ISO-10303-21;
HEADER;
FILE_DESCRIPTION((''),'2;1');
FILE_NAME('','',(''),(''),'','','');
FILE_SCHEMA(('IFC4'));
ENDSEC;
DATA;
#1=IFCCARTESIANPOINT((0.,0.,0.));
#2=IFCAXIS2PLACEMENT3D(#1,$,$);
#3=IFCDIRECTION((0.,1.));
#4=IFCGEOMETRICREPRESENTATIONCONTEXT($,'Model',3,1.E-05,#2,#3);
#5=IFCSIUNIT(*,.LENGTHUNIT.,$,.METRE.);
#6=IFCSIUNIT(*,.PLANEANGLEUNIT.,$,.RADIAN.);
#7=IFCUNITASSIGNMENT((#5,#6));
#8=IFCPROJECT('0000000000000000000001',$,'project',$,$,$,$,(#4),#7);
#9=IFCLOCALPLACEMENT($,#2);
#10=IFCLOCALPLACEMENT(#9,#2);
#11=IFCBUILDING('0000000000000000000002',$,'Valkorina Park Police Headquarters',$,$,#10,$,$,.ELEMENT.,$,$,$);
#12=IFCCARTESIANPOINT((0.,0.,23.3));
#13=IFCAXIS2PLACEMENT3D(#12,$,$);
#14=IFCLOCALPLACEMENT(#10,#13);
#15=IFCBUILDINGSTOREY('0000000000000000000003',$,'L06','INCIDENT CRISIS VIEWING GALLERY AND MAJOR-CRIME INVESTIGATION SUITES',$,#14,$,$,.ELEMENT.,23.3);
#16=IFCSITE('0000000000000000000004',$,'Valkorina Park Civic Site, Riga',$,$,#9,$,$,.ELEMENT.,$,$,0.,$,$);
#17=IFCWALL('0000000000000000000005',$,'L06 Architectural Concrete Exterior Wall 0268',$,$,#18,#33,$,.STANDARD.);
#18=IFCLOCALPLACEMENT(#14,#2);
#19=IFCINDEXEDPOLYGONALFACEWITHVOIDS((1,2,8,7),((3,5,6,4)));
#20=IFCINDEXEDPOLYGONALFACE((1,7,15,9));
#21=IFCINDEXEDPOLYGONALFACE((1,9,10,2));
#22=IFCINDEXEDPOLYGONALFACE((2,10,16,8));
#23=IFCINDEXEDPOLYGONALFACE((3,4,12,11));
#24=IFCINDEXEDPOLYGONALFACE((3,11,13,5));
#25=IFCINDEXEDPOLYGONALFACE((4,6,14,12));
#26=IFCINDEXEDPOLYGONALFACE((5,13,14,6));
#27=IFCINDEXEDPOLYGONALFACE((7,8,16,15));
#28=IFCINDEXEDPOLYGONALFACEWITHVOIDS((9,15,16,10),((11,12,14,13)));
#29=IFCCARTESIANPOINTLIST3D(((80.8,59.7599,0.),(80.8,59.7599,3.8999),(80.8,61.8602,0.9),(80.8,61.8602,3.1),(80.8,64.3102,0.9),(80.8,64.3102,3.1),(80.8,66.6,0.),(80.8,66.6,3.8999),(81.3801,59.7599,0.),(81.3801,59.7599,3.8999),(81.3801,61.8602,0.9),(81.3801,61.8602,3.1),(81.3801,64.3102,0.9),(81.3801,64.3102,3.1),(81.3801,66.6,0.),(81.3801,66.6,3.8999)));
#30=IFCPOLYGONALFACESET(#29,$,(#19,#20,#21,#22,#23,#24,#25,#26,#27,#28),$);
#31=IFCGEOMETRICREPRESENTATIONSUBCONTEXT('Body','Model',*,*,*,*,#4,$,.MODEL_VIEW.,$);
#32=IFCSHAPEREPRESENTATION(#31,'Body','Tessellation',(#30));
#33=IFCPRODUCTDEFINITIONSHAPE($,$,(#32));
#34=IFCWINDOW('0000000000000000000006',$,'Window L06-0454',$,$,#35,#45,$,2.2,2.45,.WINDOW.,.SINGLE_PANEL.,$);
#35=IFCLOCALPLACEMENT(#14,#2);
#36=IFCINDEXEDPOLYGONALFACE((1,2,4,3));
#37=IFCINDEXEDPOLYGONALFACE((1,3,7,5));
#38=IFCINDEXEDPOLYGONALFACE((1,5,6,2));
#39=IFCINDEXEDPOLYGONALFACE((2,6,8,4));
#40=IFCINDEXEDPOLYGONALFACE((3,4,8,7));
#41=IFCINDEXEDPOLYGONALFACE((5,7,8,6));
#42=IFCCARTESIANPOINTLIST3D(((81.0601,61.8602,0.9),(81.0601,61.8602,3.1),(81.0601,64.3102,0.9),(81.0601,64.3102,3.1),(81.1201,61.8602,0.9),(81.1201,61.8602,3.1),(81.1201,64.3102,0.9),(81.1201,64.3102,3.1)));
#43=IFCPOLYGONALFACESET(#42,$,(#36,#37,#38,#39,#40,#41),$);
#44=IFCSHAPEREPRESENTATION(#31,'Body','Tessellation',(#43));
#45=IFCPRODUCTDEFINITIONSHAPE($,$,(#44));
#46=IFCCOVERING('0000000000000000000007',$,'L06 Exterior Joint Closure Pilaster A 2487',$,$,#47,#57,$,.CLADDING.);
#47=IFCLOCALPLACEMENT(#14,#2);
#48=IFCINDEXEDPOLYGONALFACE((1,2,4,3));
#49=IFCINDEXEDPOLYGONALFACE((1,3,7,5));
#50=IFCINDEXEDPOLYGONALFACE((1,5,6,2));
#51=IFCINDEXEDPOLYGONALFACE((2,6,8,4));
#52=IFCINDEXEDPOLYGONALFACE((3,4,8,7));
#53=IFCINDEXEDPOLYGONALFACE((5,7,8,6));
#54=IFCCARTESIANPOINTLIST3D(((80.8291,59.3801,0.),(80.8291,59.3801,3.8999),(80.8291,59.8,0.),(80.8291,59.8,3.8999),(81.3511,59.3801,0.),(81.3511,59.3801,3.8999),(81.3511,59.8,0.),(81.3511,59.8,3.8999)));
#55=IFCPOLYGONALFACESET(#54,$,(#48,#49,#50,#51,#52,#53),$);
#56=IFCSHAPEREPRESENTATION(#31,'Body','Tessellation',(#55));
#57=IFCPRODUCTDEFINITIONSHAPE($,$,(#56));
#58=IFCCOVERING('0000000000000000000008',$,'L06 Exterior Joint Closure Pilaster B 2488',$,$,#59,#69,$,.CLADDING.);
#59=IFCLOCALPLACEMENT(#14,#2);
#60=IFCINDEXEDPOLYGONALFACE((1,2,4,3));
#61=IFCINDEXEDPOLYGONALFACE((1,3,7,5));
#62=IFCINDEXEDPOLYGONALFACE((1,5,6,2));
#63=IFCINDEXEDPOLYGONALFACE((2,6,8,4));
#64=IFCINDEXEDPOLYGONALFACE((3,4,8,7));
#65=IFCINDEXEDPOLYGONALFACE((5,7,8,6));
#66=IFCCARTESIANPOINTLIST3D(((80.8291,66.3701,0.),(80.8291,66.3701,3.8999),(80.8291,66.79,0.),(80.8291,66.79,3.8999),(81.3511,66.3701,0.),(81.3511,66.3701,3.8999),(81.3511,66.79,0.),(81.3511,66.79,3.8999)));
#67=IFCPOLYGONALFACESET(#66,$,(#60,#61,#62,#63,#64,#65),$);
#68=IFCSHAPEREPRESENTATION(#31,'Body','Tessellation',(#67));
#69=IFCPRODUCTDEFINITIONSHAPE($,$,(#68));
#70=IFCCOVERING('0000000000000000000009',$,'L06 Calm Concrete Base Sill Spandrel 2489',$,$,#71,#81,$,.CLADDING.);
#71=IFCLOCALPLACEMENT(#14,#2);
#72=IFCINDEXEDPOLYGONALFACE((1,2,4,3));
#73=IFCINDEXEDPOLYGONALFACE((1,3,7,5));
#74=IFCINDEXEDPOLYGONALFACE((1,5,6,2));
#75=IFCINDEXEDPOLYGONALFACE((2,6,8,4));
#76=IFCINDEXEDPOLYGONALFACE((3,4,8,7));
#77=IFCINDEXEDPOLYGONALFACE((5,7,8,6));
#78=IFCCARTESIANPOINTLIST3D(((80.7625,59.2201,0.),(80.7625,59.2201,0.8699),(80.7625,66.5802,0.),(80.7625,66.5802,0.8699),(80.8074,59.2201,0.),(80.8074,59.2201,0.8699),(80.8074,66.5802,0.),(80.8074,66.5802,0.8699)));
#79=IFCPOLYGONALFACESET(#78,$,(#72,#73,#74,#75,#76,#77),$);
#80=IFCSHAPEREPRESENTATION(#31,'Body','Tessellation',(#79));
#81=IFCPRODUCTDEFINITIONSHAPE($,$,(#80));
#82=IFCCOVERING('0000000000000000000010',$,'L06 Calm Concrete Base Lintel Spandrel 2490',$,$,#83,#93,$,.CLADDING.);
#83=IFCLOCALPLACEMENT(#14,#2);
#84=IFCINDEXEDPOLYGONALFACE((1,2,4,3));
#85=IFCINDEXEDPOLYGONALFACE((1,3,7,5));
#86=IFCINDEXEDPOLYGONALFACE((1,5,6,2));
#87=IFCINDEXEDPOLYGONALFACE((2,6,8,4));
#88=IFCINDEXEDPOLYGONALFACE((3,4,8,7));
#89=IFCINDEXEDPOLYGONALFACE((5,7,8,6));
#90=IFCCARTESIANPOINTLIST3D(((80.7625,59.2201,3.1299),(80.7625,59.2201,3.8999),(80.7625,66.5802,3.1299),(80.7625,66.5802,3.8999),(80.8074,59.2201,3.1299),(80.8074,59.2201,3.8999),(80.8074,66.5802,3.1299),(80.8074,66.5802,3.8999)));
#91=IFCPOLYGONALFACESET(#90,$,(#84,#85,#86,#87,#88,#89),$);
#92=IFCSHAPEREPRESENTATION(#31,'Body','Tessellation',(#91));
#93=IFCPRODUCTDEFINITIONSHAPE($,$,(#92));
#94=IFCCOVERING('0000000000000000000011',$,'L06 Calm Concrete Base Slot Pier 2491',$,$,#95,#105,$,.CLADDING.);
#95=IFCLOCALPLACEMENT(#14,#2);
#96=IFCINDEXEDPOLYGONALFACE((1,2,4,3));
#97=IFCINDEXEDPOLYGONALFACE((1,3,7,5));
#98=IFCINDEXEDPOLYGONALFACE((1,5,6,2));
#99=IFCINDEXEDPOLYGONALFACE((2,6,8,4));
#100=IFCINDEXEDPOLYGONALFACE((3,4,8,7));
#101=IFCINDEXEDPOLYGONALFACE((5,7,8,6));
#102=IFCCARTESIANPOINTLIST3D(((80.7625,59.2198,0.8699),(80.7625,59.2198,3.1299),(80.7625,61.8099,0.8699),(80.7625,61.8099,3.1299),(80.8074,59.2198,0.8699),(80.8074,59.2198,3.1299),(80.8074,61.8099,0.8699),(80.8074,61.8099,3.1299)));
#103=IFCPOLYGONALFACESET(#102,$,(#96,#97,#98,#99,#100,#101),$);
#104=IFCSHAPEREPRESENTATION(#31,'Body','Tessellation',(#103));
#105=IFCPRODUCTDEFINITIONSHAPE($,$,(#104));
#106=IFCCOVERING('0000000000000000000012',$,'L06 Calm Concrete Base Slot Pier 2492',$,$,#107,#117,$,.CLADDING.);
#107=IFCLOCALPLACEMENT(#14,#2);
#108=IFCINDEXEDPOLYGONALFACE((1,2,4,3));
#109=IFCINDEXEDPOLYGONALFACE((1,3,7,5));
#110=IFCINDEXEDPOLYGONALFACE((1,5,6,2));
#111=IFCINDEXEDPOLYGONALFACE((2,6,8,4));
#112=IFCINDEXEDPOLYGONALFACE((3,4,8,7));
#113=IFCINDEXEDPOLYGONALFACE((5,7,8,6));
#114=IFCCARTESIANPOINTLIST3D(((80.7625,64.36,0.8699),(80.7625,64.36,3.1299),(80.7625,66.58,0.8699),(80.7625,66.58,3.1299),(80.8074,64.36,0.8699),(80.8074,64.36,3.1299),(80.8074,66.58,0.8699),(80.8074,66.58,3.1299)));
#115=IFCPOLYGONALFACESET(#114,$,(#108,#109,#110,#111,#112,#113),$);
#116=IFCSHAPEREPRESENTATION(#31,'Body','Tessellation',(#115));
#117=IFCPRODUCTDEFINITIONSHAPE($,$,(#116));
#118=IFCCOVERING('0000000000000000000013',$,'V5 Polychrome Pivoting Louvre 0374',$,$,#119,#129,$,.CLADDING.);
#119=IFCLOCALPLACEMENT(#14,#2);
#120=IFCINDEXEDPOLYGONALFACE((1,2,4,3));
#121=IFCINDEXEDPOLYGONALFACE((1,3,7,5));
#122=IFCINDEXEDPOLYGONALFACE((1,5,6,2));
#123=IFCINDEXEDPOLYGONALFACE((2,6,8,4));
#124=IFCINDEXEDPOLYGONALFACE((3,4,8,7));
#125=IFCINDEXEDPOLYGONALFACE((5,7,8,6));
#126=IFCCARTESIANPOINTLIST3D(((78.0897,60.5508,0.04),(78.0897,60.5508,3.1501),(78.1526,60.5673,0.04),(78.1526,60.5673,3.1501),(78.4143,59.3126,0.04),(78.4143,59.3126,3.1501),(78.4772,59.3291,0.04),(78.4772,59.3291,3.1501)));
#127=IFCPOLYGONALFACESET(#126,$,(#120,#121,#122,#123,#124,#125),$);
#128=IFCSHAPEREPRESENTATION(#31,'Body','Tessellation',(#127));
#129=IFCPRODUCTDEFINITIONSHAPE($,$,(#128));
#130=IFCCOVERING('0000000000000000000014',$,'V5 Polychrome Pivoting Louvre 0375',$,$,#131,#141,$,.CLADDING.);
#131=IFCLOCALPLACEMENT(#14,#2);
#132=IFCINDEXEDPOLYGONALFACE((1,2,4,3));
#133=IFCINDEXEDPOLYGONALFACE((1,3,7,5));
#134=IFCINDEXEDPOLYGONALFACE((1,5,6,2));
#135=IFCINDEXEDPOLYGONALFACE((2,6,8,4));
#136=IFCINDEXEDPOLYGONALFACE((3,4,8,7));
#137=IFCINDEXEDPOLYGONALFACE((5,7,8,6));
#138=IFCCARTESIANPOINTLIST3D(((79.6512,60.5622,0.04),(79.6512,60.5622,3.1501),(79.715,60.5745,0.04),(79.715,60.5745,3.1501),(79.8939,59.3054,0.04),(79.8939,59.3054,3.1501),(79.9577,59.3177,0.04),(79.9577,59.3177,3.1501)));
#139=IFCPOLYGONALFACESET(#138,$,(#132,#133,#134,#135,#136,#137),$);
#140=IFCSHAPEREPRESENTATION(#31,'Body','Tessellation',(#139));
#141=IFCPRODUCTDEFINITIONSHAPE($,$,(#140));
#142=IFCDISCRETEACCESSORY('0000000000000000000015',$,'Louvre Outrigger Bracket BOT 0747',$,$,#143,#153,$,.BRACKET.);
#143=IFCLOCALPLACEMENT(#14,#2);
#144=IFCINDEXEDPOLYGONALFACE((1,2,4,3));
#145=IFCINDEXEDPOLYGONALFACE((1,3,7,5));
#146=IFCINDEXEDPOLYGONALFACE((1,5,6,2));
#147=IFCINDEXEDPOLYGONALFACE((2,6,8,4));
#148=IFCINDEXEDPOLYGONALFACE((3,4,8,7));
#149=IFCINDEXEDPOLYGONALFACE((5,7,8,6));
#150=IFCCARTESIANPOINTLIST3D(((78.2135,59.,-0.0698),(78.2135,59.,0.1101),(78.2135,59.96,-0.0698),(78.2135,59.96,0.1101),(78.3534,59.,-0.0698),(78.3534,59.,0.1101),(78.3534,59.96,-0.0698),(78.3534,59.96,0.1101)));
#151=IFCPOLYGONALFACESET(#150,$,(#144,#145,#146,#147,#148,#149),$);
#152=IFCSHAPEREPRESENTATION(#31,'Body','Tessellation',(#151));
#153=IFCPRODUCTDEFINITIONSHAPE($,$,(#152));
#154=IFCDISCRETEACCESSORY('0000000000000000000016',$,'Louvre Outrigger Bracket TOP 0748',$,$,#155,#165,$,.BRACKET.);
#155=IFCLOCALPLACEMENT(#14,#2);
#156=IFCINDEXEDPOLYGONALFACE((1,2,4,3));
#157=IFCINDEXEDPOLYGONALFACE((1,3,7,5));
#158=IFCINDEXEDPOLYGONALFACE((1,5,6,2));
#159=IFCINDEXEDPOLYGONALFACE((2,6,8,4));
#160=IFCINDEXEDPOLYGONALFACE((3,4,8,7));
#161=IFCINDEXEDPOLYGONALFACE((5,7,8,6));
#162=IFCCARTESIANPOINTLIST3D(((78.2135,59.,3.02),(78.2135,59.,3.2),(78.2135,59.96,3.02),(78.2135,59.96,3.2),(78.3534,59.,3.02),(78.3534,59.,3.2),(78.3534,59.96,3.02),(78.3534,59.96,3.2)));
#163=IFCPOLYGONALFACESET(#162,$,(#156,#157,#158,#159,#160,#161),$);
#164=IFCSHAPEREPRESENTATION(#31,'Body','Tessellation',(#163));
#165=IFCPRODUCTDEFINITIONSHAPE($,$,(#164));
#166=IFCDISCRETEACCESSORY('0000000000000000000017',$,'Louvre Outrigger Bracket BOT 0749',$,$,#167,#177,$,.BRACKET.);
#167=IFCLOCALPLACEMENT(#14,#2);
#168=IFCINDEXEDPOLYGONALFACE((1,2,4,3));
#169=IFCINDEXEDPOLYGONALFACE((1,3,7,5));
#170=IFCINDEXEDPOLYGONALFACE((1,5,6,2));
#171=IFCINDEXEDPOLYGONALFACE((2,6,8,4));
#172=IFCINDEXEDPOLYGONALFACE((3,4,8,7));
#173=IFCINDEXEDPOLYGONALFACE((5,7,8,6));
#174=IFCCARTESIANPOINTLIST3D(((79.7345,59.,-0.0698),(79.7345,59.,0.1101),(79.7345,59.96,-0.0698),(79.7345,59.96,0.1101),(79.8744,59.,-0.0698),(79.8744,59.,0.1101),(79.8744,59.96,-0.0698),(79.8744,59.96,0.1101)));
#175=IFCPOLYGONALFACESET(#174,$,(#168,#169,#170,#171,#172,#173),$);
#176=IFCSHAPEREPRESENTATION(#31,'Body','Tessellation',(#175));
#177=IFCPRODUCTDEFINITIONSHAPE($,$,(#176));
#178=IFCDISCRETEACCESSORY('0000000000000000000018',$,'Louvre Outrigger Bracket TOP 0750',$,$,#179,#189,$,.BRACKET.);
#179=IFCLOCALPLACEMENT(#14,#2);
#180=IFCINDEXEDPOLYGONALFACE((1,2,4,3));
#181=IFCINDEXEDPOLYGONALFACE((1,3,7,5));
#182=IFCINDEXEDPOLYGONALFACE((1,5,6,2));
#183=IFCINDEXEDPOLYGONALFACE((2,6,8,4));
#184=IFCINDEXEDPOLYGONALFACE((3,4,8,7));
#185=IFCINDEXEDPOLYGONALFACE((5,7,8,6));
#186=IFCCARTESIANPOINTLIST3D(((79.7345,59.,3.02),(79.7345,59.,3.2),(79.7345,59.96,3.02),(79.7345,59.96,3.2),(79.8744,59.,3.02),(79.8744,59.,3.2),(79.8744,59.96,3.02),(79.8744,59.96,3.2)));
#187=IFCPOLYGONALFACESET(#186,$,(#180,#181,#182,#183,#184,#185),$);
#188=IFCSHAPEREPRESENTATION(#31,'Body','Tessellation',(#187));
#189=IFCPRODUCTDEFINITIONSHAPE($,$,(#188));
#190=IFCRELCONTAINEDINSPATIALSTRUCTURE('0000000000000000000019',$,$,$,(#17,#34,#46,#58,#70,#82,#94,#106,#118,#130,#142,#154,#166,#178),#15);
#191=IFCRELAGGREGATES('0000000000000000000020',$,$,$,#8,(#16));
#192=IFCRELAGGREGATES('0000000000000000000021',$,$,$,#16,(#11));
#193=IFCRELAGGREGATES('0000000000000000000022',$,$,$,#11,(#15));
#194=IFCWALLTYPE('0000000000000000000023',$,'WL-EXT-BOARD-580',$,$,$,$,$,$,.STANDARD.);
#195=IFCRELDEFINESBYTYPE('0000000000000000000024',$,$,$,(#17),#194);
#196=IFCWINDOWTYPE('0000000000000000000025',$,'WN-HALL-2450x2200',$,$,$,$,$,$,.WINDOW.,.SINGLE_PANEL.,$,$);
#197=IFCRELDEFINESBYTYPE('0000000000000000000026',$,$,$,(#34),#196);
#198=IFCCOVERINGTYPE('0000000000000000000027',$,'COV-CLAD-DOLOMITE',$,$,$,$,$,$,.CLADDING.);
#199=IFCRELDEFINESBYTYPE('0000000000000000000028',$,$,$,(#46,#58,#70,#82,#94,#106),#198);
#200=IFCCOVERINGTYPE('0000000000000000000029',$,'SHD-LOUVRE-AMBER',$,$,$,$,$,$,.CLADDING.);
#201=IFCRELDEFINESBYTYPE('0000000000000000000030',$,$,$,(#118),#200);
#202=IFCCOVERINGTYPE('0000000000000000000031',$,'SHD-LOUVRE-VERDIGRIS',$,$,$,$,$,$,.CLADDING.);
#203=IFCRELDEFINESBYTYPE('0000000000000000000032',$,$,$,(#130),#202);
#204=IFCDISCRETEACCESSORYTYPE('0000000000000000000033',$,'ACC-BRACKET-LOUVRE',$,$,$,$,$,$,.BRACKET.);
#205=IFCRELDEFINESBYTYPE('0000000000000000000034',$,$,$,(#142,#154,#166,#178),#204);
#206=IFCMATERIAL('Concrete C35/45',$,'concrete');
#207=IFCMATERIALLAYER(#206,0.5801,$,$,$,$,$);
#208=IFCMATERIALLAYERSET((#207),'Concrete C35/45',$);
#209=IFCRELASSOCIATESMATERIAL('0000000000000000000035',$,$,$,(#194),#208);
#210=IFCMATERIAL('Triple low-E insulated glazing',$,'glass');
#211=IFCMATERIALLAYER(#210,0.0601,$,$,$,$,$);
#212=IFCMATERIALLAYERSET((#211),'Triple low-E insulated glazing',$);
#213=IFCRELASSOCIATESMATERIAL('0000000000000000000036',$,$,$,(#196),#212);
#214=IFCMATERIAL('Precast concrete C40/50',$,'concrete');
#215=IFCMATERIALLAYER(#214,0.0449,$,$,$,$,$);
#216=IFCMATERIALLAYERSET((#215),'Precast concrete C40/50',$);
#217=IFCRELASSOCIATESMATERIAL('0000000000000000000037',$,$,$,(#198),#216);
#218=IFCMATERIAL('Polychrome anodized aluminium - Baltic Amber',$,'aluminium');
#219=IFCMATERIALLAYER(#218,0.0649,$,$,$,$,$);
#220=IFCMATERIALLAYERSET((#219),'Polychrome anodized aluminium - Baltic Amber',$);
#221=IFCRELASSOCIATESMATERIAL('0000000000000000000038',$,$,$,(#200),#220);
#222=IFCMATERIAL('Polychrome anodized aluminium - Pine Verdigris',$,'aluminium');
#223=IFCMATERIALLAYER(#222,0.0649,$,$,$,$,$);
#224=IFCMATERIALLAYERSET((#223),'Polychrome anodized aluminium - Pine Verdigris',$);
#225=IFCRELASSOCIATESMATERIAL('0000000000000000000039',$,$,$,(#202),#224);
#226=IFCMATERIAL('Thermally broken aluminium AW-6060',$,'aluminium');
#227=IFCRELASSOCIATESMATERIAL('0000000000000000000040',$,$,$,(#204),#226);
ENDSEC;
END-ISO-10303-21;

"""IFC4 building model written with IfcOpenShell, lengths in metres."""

from ifc_helpers import new_model, si_unit, direction, frame, frame_2d, origin, origin_2d, place, context, subcontext, project, spatial, rectangle, extrude, material, layer, layer_set, type_object, element, fill, save


model = new_model("IFC4")

# Units and contexts
model_context = context("Model", 3, precision=1e-05, world=origin(), true_north=direction((0.0, 1.0)))
body_context = subcontext(model_context, "Body", "Model", "MODEL_VIEW")
ifc_project = project(units=[si_unit("LENGTHUNIT", "METRE"), si_unit("PLANEANGLEUNIT", "RADIAN")], contexts=[model_context])

# Site, building, storey
site_placement = place(None, origin())
site = spatial("IfcSite", under=ifc_project, at=site_placement, Name="Valkorina Park Civic Site, Riga", CompositionType="ELEMENT", RefElevation=0.0)
building_placement = place(site_placement, origin())
building = spatial("IfcBuilding", under=site, at=building_placement, Name="Valkorina Park Police Headquarters", CompositionType="ELEMENT")
storey_placement = place(building_placement, frame((0.0, 0.0, 23.3)))
storey = spatial("IfcBuildingStorey", under=building, at=storey_placement, Name="L06", Description="INCIDENT CRISIS VIEWING GALLERY AND MAJOR-CRIME INVESTIGATION SUITES", CompositionType="ELEMENT", Elevation=23.3)

# Shared definitions
ifc_material_1 = material(Name="Thermally broken aluminium AW-6060", Category="aluminium")
ifc_material_2 = material(Name="Triple low-E insulated glazing", Category="glass")

# Wall, opening, window
ifc_material_3 = material(Name="Concrete C35/45", Category="concrete")
ifc_layer_1 = layer(ifc_material_3, 0.5801)
ifc_layer_set_1 = layer_set([ifc_layer_1], Name="Concrete C35/45")
wall_type = type_object("IfcWallType", Name="WL-EXT-BOARD-580", PredefinedType="STANDARD", material=ifc_layer_set_1)
wall_placement = place(storey_placement, frame((81.0901, 59.76, 0.0), z_axis=(0.0, 0.0, 1.0), x_axis=(0.0, 1.0, 0.0)))
wall = element("IfcWall", 1, at=wall_placement, inside=storey, type_object=wall_type, Name="L06 Architectural Concrete Exterior Wall 0268", PredefinedType="STANDARD", context=body_context, shape_type="SweptSolid", body=[
    extrude(rectangle(XDim=6.8401, YDim=0.5801, at=frame_2d((3.4199, 0.0))), origin(), (0.0, 0.0, 1.0), 3.8999),
])
opening_placement = place(wall_placement, frame((2.1001, 0.0, 0.8999)))
opening = element("IfcOpeningElement", 2, at=opening_placement, cuts=wall, PredefinedType="OPENING", context=body_context, shape_type="SweptSolid", body=[
    extrude(rectangle(XDim=2.45, YDim=2.2, at=frame_2d((1.2251, 1.1001))), frame((0.0, 0.3, 0.0), z_axis=(0.0, -1.0, 0.0), x_axis=(1.0, 0.0, 0.0)), (0.0, 0.0, 1.0), 0.6001),
])
ifc_layer_2 = layer(ifc_material_2, 0.0601)
ifc_layer_set_2 = layer_set([ifc_layer_2], Name="Triple low-E insulated glazing")
window_type = type_object("IfcWindowType", Name="WN-HALL-2450x2200", PartitioningType="SINGLE_PANEL", PredefinedType="WINDOW", material=ifc_layer_set_2)
window_placement = place(opening_placement, origin())
window = element("IfcWindow", 3, at=window_placement, inside=storey, type_object=window_type, Name="Window L06-0454", OverallHeight=2.2, OverallWidth=2.45, PartitioningType="SINGLE_PANEL", PredefinedType="WINDOW", context=body_context, shape_type="SweptSolid", body=[
    extrude(rectangle(XDim=2.45, YDim=2.2, at=frame_2d((1.2251, 1.1001))), frame((0.0, 0.03, 0.0), z_axis=(0.0, -1.0, 0.0), x_axis=(1.0, 0.0, 0.0)), (0.0, 0.0, 1.0), 0.0601),
])
fill(opening, window)

# Coverings
ifc_material_4 = material(Name="Precast concrete C40/50", Category="concrete")
ifc_layer_3 = layer(ifc_material_4, 0.0449)
ifc_layer_set_3 = layer_set([ifc_layer_3], Name="Precast concrete C40/50")
covering_type_1 = type_object("IfcCoveringType", Name="COV-CLAD-DOLOMITE", PredefinedType="CLADDING", material=ifc_layer_set_3)
for number, where, z_axis, x_axis, name in (
    (4, (81.0901, 59.5901, 0.0), (0.0, 0.0, 1.0), (0.0, 1.0, 0.0), "L06 Exterior Joint Closure Pilaster A 2487"),
    (5, (81.0901, 66.5801, 0.0), (0.0, 0.0, 1.0), (0.0, 1.0, 0.0), "L06 Exterior Joint Closure Pilaster B 2488"),
):
    element("IfcCovering", number, at=place(storey_placement, frame(where, z_axis=z_axis, x_axis=x_axis)), inside=storey, type_object=covering_type_1, Name=name, PredefinedType="CLADDING", context=body_context, shape_type="SweptSolid", body=[
        extrude(rectangle(XDim=0.4199, YDim=0.522, at=origin_2d()), origin(), (0.0, 0.0, 1.0), 3.8999),
    ])
covering_1_placement = place(storey_placement, frame((80.7849, 59.22, 0.0), z_axis=(0.0, 0.0, 1.0), x_axis=(0.0, 1.0, 0.0)))
element("IfcCovering", 6, at=covering_1_placement, inside=storey, type_object=covering_type_1, Name="L06 Calm Concrete Base Sill Spandrel 2489", PredefinedType="CLADDING", context=body_context, shape_type="SweptSolid", body=[
    extrude(rectangle(XDim=7.3601, YDim=0.0449, at=frame_2d((3.6802, 0.0))), origin(), (0.0, 0.0, 1.0), 0.8699),
])
covering_2_placement = place(storey_placement, frame((80.7849, 59.22, 3.1299), z_axis=(0.0, 0.0, 1.0), x_axis=(0.0, 1.0, 0.0)))
element("IfcCovering", 7, at=covering_2_placement, inside=storey, type_object=covering_type_1, Name="L06 Calm Concrete Base Lintel Spandrel 2490", PredefinedType="CLADDING", context=body_context, shape_type="SweptSolid", body=[
    extrude(rectangle(XDim=7.3601, YDim=0.0449, at=frame_2d((3.6802, 0.0))), origin(), (0.0, 0.0, 1.0), 0.77),
])
covering_3_placement = place(storey_placement, frame((80.7849, 59.22, 0.8699), z_axis=(0.0, 0.0, 1.0), x_axis=(0.0, 1.0, 0.0)))
element("IfcCovering", 8, at=covering_3_placement, inside=storey, type_object=covering_type_1, Name="L06 Calm Concrete Base Slot Pier 2491", PredefinedType="CLADDING", context=body_context, shape_type="SweptSolid", body=[
    extrude(rectangle(XDim=2.5901, YDim=0.0449, at=frame_2d((1.2949, 0.0))), origin(), (0.0, 0.0, 1.0), 2.26),
])
covering_4_placement = place(storey_placement, frame((80.7849, 64.3601, 0.8699), z_axis=(0.0, 0.0, 1.0), x_axis=(0.0, 1.0, 0.0)))
element("IfcCovering", 9, at=covering_4_placement, inside=storey, type_object=covering_type_1, Name="L06 Calm Concrete Base Slot Pier 2492", PredefinedType="CLADDING", context=body_context, shape_type="SweptSolid", body=[
    extrude(rectangle(XDim=2.22, YDim=0.0449, at=frame_2d((1.1099, 0.0))), origin(), (0.0, 0.0, 1.0), 2.26),
])
ifc_material_5 = material(Name="Polychrome anodized aluminium - Baltic Amber", Category="aluminium")
ifc_layer_4 = layer(ifc_material_5, 0.0649)
ifc_layer_set_4 = layer_set([ifc_layer_4], Name="Polychrome anodized aluminium - Baltic Amber")
covering_type_2 = type_object("IfcCoveringType", Name="SHD-LOUVRE-AMBER", PredefinedType="CLADDING", material=ifc_layer_set_4)
covering_5_placement = place(storey_placement, frame((78.2834, 59.9399, 0.04), z_axis=(0.0, 0.0, 1.0), x_axis=(-0.253589, 0.967312, 0.0)))
element("IfcCovering", 10, at=covering_5_placement, inside=storey, type_object=covering_type_2, Name="V5 Polychrome Pivoting Louvre 0374", PredefinedType="CLADDING", context=body_context, shape_type="SweptSolid", body=[
    extrude(rectangle(XDim=1.28, YDim=0.0649, at=origin_2d()), origin(), (0.0, 0.0, 1.0), 3.1101),
])
ifc_material_6 = material(Name="Polychrome anodized aluminium - Pine Verdigris", Category="aluminium")
ifc_layer_5 = layer(ifc_material_6, 0.0649)
ifc_layer_set_5 = layer_set([ifc_layer_5], Name="Polychrome anodized aluminium - Pine Verdigris")
covering_type_3 = type_object("IfcCoveringType", Name="SHD-LOUVRE-VERDIGRIS", PredefinedType="CLADDING", material=ifc_layer_set_5)
covering_6_placement = place(storey_placement, frame((79.8044, 59.9399, 0.04), z_axis=(0.0, 0.0, 1.0), x_axis=(-0.18961, 0.98186, 0.0)))
element("IfcCovering", 11, at=covering_6_placement, inside=storey, type_object=covering_type_3, Name="V5 Polychrome Pivoting Louvre 0375", PredefinedType="CLADDING", context=body_context, shape_type="SweptSolid", body=[
    extrude(rectangle(XDim=1.28, YDim=0.0649, at=origin_2d()), origin(), (0.0, 0.0, 1.0), 3.1101),
])

# Discrete accessories
discrete_accessory_type = type_object("IfcDiscreteAccessoryType", Name="ACC-BRACKET-LOUVRE", PredefinedType="BRACKET", material=ifc_material_1)
for number, where, z_axis, x_axis, name in (
    (12, (78.2834, 59.48, -0.0698), (0.0, 0.0, 1.0), (0.0, 1.0, 0.0), "Louvre Outrigger Bracket BOT 0747"),
    (13, (78.2834, 59.48, 3.02), (0.0, 0.0, 1.0), (0.0, 1.0, 0.0), "Louvre Outrigger Bracket TOP 0748"),
    (14, (79.8044, 59.48, -0.0698), (0.0, 0.0, 1.0), (0.0, 1.0, 0.0), "Louvre Outrigger Bracket BOT 0749"),
    (15, (79.8044, 59.48, 3.02), (0.0, 0.0, 1.0), (0.0, 1.0, 0.0), "Louvre Outrigger Bracket TOP 0750"),
):
    element("IfcDiscreteAccessory", number, at=place(storey_placement, frame(where, z_axis=z_axis, x_axis=x_axis)), inside=storey, type_object=discrete_accessory_type, Name=name, PredefinedType="BRACKET", context=body_context, shape_type="SweptSolid", body=[
        extrude(rectangle(XDim=0.96, YDim=0.1399, at=origin_2d()), origin(), (0.0, 0.0, 1.0), 0.1799),
    ])

save(model, "model.ifc")
